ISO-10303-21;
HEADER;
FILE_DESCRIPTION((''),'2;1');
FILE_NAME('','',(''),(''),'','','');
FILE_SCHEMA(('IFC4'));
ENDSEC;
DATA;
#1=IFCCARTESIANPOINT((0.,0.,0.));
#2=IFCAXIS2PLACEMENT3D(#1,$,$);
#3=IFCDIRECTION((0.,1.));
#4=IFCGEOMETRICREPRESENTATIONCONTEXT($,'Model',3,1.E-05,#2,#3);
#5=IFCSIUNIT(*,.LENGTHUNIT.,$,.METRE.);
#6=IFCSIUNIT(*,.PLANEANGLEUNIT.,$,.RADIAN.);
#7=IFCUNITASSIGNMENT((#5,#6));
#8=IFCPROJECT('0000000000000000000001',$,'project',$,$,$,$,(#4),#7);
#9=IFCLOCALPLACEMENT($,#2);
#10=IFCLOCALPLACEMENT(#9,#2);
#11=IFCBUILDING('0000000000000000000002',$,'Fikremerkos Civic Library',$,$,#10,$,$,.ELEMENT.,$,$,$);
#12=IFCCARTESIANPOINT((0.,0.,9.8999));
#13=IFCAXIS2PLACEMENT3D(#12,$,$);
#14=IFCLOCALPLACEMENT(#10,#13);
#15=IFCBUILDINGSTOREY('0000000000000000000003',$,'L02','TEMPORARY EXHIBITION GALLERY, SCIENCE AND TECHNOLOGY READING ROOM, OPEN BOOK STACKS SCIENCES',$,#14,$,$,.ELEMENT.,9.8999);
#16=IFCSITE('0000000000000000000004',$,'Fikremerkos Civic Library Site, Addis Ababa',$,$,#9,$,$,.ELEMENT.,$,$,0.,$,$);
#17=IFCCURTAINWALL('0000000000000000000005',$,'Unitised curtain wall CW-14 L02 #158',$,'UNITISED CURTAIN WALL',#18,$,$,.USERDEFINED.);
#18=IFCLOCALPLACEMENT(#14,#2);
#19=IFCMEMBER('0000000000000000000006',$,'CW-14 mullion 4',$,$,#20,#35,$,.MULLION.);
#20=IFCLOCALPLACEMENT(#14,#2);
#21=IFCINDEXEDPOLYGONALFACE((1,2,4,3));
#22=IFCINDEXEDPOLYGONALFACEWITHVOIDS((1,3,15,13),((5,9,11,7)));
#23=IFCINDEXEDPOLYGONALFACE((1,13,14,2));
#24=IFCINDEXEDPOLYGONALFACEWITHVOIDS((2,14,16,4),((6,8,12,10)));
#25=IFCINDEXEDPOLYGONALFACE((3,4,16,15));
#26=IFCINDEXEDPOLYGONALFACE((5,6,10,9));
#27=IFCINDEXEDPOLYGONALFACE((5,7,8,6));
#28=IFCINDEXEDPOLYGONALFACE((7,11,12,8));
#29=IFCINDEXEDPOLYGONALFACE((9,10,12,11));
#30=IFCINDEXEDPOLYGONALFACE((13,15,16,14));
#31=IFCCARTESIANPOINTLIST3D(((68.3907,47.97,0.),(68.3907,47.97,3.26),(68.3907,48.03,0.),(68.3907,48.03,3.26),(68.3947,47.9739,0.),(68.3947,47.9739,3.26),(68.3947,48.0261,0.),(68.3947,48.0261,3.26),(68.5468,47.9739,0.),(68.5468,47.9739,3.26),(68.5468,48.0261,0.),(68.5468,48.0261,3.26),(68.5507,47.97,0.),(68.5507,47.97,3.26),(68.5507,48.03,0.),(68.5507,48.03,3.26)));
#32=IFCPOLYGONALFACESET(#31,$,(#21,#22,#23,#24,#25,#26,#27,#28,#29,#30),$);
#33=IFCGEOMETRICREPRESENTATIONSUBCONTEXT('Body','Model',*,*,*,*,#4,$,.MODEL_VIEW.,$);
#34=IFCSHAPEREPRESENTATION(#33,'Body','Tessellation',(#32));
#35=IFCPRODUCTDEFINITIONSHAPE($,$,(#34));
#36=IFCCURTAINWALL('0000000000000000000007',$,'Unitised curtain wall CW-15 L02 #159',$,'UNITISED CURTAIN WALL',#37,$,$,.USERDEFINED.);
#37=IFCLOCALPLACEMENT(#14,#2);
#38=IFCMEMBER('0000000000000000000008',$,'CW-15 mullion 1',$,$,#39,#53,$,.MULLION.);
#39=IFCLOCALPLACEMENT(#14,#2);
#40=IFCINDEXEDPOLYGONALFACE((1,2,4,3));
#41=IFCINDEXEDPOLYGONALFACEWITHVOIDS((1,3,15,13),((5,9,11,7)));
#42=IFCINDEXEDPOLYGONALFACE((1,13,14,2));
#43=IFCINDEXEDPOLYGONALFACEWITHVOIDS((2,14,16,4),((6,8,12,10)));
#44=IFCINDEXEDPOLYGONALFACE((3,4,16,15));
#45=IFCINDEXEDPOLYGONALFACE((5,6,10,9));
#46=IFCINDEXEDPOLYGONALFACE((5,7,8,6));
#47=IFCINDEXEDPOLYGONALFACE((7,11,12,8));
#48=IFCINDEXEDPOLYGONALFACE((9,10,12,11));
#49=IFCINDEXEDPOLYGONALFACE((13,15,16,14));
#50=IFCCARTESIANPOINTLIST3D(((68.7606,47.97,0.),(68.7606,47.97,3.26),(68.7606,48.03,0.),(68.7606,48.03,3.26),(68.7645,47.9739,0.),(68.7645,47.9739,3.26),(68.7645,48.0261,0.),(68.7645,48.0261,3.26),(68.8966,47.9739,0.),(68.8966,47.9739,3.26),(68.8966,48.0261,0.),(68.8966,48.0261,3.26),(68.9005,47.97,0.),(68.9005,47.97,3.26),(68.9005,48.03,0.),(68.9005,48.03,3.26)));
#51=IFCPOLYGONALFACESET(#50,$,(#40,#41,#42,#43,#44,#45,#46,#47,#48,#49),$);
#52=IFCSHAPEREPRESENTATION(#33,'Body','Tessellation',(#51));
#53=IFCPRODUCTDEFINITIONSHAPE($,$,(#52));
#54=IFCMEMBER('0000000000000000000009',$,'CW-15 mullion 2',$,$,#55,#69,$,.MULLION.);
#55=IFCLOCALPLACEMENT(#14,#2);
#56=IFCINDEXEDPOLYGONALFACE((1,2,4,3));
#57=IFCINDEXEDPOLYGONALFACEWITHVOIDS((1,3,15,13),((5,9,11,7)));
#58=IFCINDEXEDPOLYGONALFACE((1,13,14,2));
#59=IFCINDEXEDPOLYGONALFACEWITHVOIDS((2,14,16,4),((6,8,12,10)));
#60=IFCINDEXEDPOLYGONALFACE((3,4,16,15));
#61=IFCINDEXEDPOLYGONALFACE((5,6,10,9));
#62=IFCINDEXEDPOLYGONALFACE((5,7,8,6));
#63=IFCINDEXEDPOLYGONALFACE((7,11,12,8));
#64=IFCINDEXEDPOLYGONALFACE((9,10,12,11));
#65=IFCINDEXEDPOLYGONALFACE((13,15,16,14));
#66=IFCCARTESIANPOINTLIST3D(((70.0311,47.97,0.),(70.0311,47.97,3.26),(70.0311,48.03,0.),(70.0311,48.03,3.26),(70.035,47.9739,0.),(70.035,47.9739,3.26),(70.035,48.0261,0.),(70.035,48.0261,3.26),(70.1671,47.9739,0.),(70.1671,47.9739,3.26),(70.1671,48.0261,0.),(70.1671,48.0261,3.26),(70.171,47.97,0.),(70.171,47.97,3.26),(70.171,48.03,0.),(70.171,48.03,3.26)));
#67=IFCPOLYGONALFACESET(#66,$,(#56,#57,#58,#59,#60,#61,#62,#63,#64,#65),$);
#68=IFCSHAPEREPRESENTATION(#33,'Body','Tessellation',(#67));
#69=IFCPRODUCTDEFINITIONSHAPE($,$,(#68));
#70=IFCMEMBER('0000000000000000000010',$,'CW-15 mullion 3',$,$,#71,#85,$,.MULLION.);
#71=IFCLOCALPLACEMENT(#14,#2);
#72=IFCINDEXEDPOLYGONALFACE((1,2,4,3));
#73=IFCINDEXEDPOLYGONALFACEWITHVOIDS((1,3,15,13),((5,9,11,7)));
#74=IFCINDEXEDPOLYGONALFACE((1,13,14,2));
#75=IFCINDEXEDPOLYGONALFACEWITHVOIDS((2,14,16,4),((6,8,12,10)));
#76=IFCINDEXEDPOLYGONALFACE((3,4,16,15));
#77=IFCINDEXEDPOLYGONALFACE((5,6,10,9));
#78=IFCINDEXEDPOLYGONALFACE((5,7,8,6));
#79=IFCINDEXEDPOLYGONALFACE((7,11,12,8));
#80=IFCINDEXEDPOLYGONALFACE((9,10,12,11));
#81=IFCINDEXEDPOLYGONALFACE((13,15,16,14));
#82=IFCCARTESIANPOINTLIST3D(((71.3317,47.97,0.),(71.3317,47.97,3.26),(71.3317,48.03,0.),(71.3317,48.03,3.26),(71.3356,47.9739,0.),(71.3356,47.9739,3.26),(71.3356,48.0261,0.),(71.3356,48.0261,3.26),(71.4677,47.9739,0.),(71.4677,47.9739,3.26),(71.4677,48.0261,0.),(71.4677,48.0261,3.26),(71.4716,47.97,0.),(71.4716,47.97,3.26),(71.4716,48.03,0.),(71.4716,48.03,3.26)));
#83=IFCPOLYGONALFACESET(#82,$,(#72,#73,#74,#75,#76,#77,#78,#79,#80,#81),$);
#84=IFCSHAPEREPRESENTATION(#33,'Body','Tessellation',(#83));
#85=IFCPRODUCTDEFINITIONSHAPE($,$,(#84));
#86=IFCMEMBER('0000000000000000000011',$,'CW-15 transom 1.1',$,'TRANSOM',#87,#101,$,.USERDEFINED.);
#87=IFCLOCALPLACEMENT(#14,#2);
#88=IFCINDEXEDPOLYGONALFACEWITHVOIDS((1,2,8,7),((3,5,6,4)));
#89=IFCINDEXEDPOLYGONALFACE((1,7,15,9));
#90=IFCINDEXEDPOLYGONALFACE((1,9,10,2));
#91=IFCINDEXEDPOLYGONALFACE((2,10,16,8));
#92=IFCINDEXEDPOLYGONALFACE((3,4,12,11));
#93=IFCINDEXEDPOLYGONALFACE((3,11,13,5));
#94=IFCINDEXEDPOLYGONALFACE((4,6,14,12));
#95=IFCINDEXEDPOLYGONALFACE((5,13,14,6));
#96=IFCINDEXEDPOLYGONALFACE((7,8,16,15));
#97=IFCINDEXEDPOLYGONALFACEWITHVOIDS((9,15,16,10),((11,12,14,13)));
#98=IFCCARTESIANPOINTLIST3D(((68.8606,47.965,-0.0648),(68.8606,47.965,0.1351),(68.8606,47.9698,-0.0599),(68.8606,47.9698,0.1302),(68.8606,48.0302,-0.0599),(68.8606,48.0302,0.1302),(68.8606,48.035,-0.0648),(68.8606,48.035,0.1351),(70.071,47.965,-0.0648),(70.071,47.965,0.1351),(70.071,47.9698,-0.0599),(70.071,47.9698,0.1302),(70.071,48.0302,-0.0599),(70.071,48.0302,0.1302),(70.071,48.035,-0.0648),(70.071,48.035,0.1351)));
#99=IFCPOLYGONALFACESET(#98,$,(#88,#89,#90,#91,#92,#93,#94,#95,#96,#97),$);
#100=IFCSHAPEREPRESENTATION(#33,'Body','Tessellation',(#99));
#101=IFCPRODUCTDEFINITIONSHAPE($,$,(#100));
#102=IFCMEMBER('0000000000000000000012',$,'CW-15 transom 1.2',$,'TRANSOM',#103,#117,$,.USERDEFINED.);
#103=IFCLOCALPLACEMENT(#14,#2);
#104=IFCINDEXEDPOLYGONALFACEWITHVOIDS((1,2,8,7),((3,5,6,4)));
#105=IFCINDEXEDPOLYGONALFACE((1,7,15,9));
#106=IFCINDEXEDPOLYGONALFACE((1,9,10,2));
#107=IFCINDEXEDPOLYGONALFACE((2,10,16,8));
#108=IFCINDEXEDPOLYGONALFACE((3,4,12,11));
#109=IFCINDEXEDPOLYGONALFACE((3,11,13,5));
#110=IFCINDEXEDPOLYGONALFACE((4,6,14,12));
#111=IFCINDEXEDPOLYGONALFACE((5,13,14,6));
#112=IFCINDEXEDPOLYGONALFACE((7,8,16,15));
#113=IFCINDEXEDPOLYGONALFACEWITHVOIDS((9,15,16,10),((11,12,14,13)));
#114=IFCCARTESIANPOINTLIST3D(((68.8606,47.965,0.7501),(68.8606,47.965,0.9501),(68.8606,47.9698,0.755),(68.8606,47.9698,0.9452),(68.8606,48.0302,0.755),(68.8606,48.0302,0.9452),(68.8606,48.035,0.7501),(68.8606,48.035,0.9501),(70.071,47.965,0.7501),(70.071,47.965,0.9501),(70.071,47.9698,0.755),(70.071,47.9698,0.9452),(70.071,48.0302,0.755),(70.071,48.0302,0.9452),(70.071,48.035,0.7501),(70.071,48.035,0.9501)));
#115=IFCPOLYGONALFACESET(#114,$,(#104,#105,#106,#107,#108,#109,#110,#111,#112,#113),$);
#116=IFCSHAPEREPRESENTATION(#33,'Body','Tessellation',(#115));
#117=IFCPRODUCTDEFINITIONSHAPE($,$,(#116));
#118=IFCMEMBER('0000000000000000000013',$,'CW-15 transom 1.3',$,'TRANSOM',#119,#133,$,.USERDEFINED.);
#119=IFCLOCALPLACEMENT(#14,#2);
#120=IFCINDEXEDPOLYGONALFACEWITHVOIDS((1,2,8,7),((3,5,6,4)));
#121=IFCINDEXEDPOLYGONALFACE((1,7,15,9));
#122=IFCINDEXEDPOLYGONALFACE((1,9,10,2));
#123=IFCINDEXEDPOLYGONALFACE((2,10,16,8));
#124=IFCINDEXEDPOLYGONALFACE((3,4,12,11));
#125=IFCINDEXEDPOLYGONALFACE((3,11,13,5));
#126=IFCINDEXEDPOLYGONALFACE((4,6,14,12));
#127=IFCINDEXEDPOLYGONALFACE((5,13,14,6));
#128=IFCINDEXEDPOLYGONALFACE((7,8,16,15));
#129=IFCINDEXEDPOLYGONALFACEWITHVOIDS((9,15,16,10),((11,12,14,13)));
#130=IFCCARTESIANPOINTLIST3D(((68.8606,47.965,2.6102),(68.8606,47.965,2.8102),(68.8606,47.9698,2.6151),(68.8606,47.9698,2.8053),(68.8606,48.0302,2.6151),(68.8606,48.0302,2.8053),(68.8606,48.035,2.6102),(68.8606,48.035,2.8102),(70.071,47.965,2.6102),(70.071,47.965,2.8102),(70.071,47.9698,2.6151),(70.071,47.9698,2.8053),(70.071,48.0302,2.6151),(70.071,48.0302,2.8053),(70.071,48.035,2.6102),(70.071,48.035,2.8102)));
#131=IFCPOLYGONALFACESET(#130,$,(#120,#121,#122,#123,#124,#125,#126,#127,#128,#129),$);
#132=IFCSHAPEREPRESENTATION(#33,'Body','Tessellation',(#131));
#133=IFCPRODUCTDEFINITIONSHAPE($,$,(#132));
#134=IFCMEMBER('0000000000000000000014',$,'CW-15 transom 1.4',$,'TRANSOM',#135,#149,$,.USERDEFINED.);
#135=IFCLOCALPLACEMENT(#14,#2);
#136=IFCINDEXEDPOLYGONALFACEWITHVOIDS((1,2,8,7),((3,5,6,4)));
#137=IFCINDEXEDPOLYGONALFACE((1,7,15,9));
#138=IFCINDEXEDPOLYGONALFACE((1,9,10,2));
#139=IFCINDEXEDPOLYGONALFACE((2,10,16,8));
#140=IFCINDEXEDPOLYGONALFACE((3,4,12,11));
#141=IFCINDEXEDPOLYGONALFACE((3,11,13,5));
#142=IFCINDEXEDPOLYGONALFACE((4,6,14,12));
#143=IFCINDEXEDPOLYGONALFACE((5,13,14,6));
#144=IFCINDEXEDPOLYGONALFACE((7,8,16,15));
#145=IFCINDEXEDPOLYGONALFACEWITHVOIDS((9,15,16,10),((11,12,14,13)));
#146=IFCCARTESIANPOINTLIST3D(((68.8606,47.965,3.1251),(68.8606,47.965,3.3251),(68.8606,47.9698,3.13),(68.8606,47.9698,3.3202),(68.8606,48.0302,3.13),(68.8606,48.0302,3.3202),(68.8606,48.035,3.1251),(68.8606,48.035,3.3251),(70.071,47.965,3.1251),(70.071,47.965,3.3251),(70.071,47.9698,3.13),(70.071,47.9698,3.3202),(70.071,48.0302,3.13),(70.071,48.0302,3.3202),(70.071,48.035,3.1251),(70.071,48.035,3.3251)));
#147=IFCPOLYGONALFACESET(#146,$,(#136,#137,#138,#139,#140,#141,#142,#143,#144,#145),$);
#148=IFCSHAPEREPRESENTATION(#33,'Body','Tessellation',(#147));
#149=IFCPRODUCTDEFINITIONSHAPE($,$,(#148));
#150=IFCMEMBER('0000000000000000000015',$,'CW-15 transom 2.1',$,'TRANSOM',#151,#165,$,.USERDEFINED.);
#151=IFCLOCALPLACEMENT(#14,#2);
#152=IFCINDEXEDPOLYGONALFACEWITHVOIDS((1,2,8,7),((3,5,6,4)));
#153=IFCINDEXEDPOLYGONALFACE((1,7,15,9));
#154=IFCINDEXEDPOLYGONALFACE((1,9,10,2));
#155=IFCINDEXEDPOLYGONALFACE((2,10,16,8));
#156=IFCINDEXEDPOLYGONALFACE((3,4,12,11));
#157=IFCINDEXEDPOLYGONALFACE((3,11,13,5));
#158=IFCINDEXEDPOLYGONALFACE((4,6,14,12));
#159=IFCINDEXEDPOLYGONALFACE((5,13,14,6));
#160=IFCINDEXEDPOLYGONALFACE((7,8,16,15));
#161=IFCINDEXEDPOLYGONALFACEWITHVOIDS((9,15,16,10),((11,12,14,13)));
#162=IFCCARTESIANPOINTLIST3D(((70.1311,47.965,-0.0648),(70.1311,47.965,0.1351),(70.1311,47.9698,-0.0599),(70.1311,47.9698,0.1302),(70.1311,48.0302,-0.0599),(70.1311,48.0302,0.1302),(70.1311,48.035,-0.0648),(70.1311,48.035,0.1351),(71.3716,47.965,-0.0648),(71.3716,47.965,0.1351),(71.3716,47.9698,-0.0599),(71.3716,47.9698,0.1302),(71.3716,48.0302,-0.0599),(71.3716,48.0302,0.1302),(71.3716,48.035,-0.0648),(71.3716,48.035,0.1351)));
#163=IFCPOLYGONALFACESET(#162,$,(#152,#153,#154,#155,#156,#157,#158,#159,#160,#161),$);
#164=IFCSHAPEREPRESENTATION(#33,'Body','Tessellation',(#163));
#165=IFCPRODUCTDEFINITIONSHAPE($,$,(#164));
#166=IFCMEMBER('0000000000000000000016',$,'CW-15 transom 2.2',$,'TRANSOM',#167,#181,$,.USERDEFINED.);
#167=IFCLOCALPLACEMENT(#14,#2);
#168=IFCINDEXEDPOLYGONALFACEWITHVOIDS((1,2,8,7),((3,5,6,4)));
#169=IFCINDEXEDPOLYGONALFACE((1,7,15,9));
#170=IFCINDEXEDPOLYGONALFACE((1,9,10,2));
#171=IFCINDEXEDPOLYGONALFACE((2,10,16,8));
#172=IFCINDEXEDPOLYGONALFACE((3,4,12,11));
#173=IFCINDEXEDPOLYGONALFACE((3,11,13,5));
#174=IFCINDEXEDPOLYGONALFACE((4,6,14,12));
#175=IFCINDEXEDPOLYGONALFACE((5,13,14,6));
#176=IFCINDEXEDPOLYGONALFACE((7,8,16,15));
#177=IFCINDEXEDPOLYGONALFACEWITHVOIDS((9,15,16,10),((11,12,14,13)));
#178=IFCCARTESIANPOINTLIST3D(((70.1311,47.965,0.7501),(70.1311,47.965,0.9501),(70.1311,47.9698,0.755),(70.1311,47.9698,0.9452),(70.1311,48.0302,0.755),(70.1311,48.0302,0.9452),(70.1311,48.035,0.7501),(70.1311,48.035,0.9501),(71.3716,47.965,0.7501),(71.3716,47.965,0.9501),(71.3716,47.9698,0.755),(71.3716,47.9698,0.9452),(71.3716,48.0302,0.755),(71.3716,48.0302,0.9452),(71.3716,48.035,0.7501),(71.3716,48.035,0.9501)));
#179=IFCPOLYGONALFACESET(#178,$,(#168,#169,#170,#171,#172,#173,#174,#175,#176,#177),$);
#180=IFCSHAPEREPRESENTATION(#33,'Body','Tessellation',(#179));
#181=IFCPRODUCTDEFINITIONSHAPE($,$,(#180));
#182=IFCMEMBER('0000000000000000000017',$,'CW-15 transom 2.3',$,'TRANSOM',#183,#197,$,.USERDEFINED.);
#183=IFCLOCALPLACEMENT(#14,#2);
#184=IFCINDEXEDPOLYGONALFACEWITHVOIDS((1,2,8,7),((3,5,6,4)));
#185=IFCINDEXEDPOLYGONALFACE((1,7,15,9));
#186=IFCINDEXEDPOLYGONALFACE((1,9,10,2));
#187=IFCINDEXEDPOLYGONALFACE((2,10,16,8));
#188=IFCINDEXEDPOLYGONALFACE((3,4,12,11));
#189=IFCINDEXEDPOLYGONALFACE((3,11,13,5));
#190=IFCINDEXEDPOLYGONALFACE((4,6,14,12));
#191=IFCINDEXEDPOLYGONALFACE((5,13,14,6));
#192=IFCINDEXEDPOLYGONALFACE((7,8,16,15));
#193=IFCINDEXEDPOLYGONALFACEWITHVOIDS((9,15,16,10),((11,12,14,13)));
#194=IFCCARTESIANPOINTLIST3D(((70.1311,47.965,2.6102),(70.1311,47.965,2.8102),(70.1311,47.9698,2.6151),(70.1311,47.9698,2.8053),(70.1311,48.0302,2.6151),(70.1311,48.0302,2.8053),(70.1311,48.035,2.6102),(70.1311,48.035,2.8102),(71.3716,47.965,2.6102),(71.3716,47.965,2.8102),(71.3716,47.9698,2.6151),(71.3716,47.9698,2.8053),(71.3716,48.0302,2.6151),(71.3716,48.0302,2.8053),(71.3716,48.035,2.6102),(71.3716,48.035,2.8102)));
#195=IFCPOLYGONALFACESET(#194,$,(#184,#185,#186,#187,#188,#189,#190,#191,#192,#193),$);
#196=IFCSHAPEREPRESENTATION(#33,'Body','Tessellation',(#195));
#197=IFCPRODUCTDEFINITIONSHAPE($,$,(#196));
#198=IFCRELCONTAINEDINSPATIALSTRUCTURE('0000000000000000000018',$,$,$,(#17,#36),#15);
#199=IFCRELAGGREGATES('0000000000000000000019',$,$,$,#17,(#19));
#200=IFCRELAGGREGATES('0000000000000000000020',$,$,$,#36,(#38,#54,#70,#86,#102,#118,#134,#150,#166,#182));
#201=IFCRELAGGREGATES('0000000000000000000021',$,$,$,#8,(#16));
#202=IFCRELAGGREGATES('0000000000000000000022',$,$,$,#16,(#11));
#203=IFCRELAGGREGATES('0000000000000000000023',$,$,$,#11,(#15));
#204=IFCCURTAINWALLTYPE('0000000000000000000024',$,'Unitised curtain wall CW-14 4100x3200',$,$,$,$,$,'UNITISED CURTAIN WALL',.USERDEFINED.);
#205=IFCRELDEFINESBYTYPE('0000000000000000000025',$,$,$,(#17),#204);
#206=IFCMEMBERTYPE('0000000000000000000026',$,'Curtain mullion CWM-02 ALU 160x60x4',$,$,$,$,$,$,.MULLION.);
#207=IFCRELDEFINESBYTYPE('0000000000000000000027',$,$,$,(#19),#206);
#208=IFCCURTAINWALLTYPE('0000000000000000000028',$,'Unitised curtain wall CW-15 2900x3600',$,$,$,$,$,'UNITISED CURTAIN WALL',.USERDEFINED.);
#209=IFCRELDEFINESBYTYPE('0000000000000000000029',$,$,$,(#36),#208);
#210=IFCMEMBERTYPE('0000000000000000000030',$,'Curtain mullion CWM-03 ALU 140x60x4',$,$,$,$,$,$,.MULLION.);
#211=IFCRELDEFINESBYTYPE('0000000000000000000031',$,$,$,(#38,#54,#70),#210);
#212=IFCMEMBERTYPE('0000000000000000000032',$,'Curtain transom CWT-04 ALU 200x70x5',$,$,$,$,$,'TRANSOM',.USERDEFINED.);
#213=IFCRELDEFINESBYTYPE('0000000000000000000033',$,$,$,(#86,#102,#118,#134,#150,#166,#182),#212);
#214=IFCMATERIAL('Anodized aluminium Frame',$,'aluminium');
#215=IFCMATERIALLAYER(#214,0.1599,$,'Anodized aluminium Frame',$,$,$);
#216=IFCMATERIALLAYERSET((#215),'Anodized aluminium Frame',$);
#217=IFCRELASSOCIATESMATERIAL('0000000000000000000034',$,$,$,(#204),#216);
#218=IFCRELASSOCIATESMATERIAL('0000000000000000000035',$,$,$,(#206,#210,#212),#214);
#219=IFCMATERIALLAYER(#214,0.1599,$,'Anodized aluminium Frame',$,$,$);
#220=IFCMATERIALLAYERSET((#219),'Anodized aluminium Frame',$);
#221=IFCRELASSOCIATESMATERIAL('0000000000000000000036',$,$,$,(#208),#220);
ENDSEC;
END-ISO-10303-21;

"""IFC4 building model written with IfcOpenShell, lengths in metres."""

from ifc_helpers import new_model, si_unit, direction, frame, origin, origin_2d, place, context, subcontext, project, spatial, hollow_rectangle, extrude, material, layer, layer_set, material_profile, profile_set, type_object, element, aggregate, save


model = new_model("IFC4")

# Units and contexts
model_context = context("Model", 3, precision=1e-05, world=origin(), true_north=direction((0.0, 1.0)))
body_context = subcontext(model_context, "Body", "Model", "MODEL_VIEW")
ifc_project = project(units=[si_unit("LENGTHUNIT", "METRE"), si_unit("PLANEANGLEUNIT", "RADIAN")], contexts=[model_context])

# Site, building, storey
site_placement = place(None, origin())
site = spatial("IfcSite", under=ifc_project, at=site_placement, Name="Fikremerkos Civic Library Site, Addis Ababa", CompositionType="ELEMENT", RefElevation=0.0)
building_placement = place(site_placement, origin())
building = spatial("IfcBuilding", under=site, at=building_placement, Name="Fikremerkos Civic Library", CompositionType="ELEMENT")
storey_placement = place(building_placement, frame((0.0, 0.0, 9.8999)))
storey = spatial("IfcBuildingStorey", under=building, at=storey_placement, Name="L02", Description="TEMPORARY EXHIBITION GALLERY, SCIENCE AND TECHNOLOGY READING ROOM, OPEN BOOK STACKS SCIENCES", CompositionType="ELEMENT", Elevation=9.8999)

# Curtain wall, member
ifc_material_1 = material(Name="Anodized aluminium Frame", Category="aluminium")
ifc_layer_1 = layer(ifc_material_1, 0.1599, Name="Anodized aluminium Frame")
ifc_layer_set_1 = layer_set([ifc_layer_1], Name="Anodized aluminium Frame")
curtain_wall_type_1 = type_object("IfcCurtainWallType", Name="Unitised curtain wall CW-14 4100x3200", ElementType="UNITISED CURTAIN WALL", PredefinedType="USERDEFINED", material=ifc_layer_set_1)
curtain_wall_1_placement = place(storey_placement, origin())
curtain_wall_1 = element("IfcCurtainWall", 1, at=curtain_wall_1_placement, inside=storey, type_object=curtain_wall_type_1, Name="Unitised curtain wall CW-14 L02 #158", ObjectType="UNITISED CURTAIN WALL", PredefinedType="USERDEFINED")
ifc_material_profile_1 = material_profile(ifc_material_1, hollow_rectangle(XDim=0.0601, YDim=0.1599, WallThickness=0.0039, at=origin_2d()), Name="ALU 160x60x4")
ifc_profile_set_1 = profile_set([ifc_material_profile_1], Name="Anodized aluminium Frame")
member_type_1 = type_object("IfcMemberType", Name="Curtain mullion CWM-02 ALU 160x60x4", PredefinedType="MULLION", material=ifc_profile_set_1)
member_1_placement = place(storey_placement, frame((68.4707, 48.0, 0.0), z_axis=(0.0, 0.0, 1.0), x_axis=(0.0, 1.0, 0.0)))
member_1 = element("IfcMember", 2, at=member_1_placement, type_object=member_type_1, Name="CW-14 mullion 4", PredefinedType="MULLION", context=body_context, shape_type="SweptSolid", body=[
    extrude(hollow_rectangle(XDim=0.0601, YDim=0.1599, WallThickness=0.0039, at=origin_2d()), origin(), (0.0, 0.0, 1.0), 3.26),
])

# Curtain wall, members
ifc_layer_2 = layer(ifc_material_1, 0.1599, Name="Anodized aluminium Frame")
ifc_layer_set_2 = layer_set([ifc_layer_2], Name="Anodized aluminium Frame")
curtain_wall_type_2 = type_object("IfcCurtainWallType", Name="Unitised curtain wall CW-15 2900x3600", ElementType="UNITISED CURTAIN WALL", PredefinedType="USERDEFINED", material=ifc_layer_set_2)
curtain_wall_2_placement = place(storey_placement, origin())
curtain_wall_2 = element("IfcCurtainWall", 3, at=curtain_wall_2_placement, inside=storey, type_object=curtain_wall_type_2, Name="Unitised curtain wall CW-15 L02 #159", ObjectType="UNITISED CURTAIN WALL", PredefinedType="USERDEFINED")
ifc_material_profile_2 = material_profile(ifc_material_1, hollow_rectangle(XDim=0.0601, YDim=0.1399, WallThickness=0.0039, at=origin_2d()), Name="ALU 140x60x4")
ifc_profile_set_2 = profile_set([ifc_material_profile_2], Name="Anodized aluminium Frame")
member_type_2 = type_object("IfcMemberType", Name="Curtain mullion CWM-03 ALU 140x60x4", PredefinedType="MULLION", material=ifc_profile_set_2)
member_2_placement = place(storey_placement, frame((68.8306, 48.0, 0.0), z_axis=(0.0, 0.0, 1.0), x_axis=(0.0, 1.0, 0.0)))
member_2 = element("IfcMember", 4, at=member_2_placement, type_object=member_type_2, Name="CW-15 mullion 1", PredefinedType="MULLION", context=body_context, shape_type="SweptSolid", body=[
    extrude(hollow_rectangle(XDim=0.0601, YDim=0.1399, WallThickness=0.0039, at=origin_2d()), origin(), (0.0, 0.0, 1.0), 3.26),
])
member_3_placement = place(storey_placement, frame((70.1011, 48.0, 0.0), z_axis=(0.0, 0.0, 1.0), x_axis=(0.0, 1.0, 0.0)))
member_3 = element("IfcMember", 5, at=member_3_placement, type_object=member_type_2, Name="CW-15 mullion 2", PredefinedType="MULLION", context=body_context, shape_type="SweptSolid", body=[
    extrude(hollow_rectangle(XDim=0.0601, YDim=0.1399, WallThickness=0.0039, at=origin_2d()), origin(), (0.0, 0.0, 1.0), 3.26),
])
member_4_placement = place(storey_placement, frame((71.4016, 48.0, 0.0), z_axis=(0.0, 0.0, 1.0), x_axis=(0.0, 1.0, 0.0)))
member_4 = element("IfcMember", 6, at=member_4_placement, type_object=member_type_2, Name="CW-15 mullion 3", PredefinedType="MULLION", context=body_context, shape_type="SweptSolid", body=[
    extrude(hollow_rectangle(XDim=0.0601, YDim=0.1399, WallThickness=0.0039, at=origin_2d()), origin(), (0.0, 0.0, 1.0), 3.26),
])
ifc_material_profile_3 = material_profile(ifc_material_1, hollow_rectangle(XDim=0.0701, YDim=0.2, WallThickness=0.0049, at=origin_2d()), Name="ALU 200x70x5")
ifc_profile_set_3 = profile_set([ifc_material_profile_3], Name="Anodized aluminium Frame")
member_type_3 = type_object("IfcMemberType", Name="Curtain transom CWT-04 ALU 200x70x5", ElementType="TRANSOM", PredefinedType="USERDEFINED", material=ifc_profile_set_3)
member_5_placement = place(storey_placement, frame((68.8606, 48.0, 0.0352), z_axis=(1.0, 0.0, 0.0), x_axis=(0.0, 1.0, 0.0)))
member_5 = element("IfcMember", 7, at=member_5_placement, type_object=member_type_3, Name="CW-15 transom 1.1", ObjectType="TRANSOM", PredefinedType="USERDEFINED", context=body_context, shape_type="SweptSolid", body=[
    extrude(hollow_rectangle(XDim=0.0701, YDim=0.2, WallThickness=0.0049, at=origin_2d()), origin(), (0.0, 0.0, 1.0), 1.2104),
])
member_6_placement = place(storey_placement, frame((68.8606, 48.0, 0.8501), z_axis=(1.0, 0.0, 0.0), x_axis=(0.0, 1.0, 0.0)))
member_6 = element("IfcMember", 8, at=member_6_placement, type_object=member_type_3, Name="CW-15 transom 1.2", ObjectType="TRANSOM", PredefinedType="USERDEFINED", context=body_context, shape_type="SweptSolid", body=[
    extrude(hollow_rectangle(XDim=0.0701, YDim=0.2, WallThickness=0.0049, at=origin_2d()), origin(), (0.0, 0.0, 1.0), 1.2104),
])
member_7_placement = place(storey_placement, frame((68.8606, 48.0, 2.7102), z_axis=(1.0, 0.0, 0.0), x_axis=(0.0, 1.0, 0.0)))
member_7 = element("IfcMember", 9, at=member_7_placement, type_object=member_type_3, Name="CW-15 transom 1.3", ObjectType="TRANSOM", PredefinedType="USERDEFINED", context=body_context, shape_type="SweptSolid", body=[
    extrude(hollow_rectangle(XDim=0.0701, YDim=0.2, WallThickness=0.0049, at=origin_2d()), origin(), (0.0, 0.0, 1.0), 1.2104),
])
member_8_placement = place(storey_placement, frame((68.8606, 48.0, 3.2251), z_axis=(1.0, 0.0, 0.0), x_axis=(0.0, 1.0, 0.0)))
member_8 = element("IfcMember", 10, at=member_8_placement, type_object=member_type_3, Name="CW-15 transom 1.4", ObjectType="TRANSOM", PredefinedType="USERDEFINED", context=body_context, shape_type="SweptSolid", body=[
    extrude(hollow_rectangle(XDim=0.0701, YDim=0.2, WallThickness=0.0049, at=origin_2d()), origin(), (0.0, 0.0, 1.0), 1.2104),
])
member_9_placement = place(storey_placement, frame((70.1311, 48.0, 0.0352), z_axis=(1.0, 0.0, 0.0), x_axis=(0.0, 1.0, 0.0)))
member_9 = element("IfcMember", 11, at=member_9_placement, type_object=member_type_3, Name="CW-15 transom 2.1", ObjectType="TRANSOM", PredefinedType="USERDEFINED", context=body_context, shape_type="SweptSolid", body=[
    extrude(hollow_rectangle(XDim=0.0701, YDim=0.2, WallThickness=0.0049, at=origin_2d()), origin(), (0.0, 0.0, 1.0), 1.2405),
])
member_10_placement = place(storey_placement, frame((70.1311, 48.0, 0.8501), z_axis=(1.0, 0.0, 0.0), x_axis=(0.0, 1.0, 0.0)))
member_10 = element("IfcMember", 12, at=member_10_placement, type_object=member_type_3, Name="CW-15 transom 2.2", ObjectType="TRANSOM", PredefinedType="USERDEFINED", context=body_context, shape_type="SweptSolid", body=[
    extrude(hollow_rectangle(XDim=0.0701, YDim=0.2, WallThickness=0.0049, at=origin_2d()), origin(), (0.0, 0.0, 1.0), 1.2405),
])
member_11_placement = place(storey_placement, frame((70.1311, 48.0, 2.7102), z_axis=(1.0, 0.0, 0.0), x_axis=(0.0, 1.0, 0.0)))
member_11 = element("IfcMember", 13, at=member_11_placement, type_object=member_type_3, Name="CW-15 transom 2.3", ObjectType="TRANSOM", PredefinedType="USERDEFINED", context=body_context, shape_type="SweptSolid", body=[
    extrude(hollow_rectangle(XDim=0.0701, YDim=0.2, WallThickness=0.0049, at=origin_2d()), origin(), (0.0, 0.0, 1.0), 1.2405),
])

aggregate(curtain_wall_1, [member_1])
aggregate(curtain_wall_2, [member_2, member_3, member_4, member_5, member_6, member_7, member_8, member_9, member_10, member_11])

save(model, "model.ifc")
